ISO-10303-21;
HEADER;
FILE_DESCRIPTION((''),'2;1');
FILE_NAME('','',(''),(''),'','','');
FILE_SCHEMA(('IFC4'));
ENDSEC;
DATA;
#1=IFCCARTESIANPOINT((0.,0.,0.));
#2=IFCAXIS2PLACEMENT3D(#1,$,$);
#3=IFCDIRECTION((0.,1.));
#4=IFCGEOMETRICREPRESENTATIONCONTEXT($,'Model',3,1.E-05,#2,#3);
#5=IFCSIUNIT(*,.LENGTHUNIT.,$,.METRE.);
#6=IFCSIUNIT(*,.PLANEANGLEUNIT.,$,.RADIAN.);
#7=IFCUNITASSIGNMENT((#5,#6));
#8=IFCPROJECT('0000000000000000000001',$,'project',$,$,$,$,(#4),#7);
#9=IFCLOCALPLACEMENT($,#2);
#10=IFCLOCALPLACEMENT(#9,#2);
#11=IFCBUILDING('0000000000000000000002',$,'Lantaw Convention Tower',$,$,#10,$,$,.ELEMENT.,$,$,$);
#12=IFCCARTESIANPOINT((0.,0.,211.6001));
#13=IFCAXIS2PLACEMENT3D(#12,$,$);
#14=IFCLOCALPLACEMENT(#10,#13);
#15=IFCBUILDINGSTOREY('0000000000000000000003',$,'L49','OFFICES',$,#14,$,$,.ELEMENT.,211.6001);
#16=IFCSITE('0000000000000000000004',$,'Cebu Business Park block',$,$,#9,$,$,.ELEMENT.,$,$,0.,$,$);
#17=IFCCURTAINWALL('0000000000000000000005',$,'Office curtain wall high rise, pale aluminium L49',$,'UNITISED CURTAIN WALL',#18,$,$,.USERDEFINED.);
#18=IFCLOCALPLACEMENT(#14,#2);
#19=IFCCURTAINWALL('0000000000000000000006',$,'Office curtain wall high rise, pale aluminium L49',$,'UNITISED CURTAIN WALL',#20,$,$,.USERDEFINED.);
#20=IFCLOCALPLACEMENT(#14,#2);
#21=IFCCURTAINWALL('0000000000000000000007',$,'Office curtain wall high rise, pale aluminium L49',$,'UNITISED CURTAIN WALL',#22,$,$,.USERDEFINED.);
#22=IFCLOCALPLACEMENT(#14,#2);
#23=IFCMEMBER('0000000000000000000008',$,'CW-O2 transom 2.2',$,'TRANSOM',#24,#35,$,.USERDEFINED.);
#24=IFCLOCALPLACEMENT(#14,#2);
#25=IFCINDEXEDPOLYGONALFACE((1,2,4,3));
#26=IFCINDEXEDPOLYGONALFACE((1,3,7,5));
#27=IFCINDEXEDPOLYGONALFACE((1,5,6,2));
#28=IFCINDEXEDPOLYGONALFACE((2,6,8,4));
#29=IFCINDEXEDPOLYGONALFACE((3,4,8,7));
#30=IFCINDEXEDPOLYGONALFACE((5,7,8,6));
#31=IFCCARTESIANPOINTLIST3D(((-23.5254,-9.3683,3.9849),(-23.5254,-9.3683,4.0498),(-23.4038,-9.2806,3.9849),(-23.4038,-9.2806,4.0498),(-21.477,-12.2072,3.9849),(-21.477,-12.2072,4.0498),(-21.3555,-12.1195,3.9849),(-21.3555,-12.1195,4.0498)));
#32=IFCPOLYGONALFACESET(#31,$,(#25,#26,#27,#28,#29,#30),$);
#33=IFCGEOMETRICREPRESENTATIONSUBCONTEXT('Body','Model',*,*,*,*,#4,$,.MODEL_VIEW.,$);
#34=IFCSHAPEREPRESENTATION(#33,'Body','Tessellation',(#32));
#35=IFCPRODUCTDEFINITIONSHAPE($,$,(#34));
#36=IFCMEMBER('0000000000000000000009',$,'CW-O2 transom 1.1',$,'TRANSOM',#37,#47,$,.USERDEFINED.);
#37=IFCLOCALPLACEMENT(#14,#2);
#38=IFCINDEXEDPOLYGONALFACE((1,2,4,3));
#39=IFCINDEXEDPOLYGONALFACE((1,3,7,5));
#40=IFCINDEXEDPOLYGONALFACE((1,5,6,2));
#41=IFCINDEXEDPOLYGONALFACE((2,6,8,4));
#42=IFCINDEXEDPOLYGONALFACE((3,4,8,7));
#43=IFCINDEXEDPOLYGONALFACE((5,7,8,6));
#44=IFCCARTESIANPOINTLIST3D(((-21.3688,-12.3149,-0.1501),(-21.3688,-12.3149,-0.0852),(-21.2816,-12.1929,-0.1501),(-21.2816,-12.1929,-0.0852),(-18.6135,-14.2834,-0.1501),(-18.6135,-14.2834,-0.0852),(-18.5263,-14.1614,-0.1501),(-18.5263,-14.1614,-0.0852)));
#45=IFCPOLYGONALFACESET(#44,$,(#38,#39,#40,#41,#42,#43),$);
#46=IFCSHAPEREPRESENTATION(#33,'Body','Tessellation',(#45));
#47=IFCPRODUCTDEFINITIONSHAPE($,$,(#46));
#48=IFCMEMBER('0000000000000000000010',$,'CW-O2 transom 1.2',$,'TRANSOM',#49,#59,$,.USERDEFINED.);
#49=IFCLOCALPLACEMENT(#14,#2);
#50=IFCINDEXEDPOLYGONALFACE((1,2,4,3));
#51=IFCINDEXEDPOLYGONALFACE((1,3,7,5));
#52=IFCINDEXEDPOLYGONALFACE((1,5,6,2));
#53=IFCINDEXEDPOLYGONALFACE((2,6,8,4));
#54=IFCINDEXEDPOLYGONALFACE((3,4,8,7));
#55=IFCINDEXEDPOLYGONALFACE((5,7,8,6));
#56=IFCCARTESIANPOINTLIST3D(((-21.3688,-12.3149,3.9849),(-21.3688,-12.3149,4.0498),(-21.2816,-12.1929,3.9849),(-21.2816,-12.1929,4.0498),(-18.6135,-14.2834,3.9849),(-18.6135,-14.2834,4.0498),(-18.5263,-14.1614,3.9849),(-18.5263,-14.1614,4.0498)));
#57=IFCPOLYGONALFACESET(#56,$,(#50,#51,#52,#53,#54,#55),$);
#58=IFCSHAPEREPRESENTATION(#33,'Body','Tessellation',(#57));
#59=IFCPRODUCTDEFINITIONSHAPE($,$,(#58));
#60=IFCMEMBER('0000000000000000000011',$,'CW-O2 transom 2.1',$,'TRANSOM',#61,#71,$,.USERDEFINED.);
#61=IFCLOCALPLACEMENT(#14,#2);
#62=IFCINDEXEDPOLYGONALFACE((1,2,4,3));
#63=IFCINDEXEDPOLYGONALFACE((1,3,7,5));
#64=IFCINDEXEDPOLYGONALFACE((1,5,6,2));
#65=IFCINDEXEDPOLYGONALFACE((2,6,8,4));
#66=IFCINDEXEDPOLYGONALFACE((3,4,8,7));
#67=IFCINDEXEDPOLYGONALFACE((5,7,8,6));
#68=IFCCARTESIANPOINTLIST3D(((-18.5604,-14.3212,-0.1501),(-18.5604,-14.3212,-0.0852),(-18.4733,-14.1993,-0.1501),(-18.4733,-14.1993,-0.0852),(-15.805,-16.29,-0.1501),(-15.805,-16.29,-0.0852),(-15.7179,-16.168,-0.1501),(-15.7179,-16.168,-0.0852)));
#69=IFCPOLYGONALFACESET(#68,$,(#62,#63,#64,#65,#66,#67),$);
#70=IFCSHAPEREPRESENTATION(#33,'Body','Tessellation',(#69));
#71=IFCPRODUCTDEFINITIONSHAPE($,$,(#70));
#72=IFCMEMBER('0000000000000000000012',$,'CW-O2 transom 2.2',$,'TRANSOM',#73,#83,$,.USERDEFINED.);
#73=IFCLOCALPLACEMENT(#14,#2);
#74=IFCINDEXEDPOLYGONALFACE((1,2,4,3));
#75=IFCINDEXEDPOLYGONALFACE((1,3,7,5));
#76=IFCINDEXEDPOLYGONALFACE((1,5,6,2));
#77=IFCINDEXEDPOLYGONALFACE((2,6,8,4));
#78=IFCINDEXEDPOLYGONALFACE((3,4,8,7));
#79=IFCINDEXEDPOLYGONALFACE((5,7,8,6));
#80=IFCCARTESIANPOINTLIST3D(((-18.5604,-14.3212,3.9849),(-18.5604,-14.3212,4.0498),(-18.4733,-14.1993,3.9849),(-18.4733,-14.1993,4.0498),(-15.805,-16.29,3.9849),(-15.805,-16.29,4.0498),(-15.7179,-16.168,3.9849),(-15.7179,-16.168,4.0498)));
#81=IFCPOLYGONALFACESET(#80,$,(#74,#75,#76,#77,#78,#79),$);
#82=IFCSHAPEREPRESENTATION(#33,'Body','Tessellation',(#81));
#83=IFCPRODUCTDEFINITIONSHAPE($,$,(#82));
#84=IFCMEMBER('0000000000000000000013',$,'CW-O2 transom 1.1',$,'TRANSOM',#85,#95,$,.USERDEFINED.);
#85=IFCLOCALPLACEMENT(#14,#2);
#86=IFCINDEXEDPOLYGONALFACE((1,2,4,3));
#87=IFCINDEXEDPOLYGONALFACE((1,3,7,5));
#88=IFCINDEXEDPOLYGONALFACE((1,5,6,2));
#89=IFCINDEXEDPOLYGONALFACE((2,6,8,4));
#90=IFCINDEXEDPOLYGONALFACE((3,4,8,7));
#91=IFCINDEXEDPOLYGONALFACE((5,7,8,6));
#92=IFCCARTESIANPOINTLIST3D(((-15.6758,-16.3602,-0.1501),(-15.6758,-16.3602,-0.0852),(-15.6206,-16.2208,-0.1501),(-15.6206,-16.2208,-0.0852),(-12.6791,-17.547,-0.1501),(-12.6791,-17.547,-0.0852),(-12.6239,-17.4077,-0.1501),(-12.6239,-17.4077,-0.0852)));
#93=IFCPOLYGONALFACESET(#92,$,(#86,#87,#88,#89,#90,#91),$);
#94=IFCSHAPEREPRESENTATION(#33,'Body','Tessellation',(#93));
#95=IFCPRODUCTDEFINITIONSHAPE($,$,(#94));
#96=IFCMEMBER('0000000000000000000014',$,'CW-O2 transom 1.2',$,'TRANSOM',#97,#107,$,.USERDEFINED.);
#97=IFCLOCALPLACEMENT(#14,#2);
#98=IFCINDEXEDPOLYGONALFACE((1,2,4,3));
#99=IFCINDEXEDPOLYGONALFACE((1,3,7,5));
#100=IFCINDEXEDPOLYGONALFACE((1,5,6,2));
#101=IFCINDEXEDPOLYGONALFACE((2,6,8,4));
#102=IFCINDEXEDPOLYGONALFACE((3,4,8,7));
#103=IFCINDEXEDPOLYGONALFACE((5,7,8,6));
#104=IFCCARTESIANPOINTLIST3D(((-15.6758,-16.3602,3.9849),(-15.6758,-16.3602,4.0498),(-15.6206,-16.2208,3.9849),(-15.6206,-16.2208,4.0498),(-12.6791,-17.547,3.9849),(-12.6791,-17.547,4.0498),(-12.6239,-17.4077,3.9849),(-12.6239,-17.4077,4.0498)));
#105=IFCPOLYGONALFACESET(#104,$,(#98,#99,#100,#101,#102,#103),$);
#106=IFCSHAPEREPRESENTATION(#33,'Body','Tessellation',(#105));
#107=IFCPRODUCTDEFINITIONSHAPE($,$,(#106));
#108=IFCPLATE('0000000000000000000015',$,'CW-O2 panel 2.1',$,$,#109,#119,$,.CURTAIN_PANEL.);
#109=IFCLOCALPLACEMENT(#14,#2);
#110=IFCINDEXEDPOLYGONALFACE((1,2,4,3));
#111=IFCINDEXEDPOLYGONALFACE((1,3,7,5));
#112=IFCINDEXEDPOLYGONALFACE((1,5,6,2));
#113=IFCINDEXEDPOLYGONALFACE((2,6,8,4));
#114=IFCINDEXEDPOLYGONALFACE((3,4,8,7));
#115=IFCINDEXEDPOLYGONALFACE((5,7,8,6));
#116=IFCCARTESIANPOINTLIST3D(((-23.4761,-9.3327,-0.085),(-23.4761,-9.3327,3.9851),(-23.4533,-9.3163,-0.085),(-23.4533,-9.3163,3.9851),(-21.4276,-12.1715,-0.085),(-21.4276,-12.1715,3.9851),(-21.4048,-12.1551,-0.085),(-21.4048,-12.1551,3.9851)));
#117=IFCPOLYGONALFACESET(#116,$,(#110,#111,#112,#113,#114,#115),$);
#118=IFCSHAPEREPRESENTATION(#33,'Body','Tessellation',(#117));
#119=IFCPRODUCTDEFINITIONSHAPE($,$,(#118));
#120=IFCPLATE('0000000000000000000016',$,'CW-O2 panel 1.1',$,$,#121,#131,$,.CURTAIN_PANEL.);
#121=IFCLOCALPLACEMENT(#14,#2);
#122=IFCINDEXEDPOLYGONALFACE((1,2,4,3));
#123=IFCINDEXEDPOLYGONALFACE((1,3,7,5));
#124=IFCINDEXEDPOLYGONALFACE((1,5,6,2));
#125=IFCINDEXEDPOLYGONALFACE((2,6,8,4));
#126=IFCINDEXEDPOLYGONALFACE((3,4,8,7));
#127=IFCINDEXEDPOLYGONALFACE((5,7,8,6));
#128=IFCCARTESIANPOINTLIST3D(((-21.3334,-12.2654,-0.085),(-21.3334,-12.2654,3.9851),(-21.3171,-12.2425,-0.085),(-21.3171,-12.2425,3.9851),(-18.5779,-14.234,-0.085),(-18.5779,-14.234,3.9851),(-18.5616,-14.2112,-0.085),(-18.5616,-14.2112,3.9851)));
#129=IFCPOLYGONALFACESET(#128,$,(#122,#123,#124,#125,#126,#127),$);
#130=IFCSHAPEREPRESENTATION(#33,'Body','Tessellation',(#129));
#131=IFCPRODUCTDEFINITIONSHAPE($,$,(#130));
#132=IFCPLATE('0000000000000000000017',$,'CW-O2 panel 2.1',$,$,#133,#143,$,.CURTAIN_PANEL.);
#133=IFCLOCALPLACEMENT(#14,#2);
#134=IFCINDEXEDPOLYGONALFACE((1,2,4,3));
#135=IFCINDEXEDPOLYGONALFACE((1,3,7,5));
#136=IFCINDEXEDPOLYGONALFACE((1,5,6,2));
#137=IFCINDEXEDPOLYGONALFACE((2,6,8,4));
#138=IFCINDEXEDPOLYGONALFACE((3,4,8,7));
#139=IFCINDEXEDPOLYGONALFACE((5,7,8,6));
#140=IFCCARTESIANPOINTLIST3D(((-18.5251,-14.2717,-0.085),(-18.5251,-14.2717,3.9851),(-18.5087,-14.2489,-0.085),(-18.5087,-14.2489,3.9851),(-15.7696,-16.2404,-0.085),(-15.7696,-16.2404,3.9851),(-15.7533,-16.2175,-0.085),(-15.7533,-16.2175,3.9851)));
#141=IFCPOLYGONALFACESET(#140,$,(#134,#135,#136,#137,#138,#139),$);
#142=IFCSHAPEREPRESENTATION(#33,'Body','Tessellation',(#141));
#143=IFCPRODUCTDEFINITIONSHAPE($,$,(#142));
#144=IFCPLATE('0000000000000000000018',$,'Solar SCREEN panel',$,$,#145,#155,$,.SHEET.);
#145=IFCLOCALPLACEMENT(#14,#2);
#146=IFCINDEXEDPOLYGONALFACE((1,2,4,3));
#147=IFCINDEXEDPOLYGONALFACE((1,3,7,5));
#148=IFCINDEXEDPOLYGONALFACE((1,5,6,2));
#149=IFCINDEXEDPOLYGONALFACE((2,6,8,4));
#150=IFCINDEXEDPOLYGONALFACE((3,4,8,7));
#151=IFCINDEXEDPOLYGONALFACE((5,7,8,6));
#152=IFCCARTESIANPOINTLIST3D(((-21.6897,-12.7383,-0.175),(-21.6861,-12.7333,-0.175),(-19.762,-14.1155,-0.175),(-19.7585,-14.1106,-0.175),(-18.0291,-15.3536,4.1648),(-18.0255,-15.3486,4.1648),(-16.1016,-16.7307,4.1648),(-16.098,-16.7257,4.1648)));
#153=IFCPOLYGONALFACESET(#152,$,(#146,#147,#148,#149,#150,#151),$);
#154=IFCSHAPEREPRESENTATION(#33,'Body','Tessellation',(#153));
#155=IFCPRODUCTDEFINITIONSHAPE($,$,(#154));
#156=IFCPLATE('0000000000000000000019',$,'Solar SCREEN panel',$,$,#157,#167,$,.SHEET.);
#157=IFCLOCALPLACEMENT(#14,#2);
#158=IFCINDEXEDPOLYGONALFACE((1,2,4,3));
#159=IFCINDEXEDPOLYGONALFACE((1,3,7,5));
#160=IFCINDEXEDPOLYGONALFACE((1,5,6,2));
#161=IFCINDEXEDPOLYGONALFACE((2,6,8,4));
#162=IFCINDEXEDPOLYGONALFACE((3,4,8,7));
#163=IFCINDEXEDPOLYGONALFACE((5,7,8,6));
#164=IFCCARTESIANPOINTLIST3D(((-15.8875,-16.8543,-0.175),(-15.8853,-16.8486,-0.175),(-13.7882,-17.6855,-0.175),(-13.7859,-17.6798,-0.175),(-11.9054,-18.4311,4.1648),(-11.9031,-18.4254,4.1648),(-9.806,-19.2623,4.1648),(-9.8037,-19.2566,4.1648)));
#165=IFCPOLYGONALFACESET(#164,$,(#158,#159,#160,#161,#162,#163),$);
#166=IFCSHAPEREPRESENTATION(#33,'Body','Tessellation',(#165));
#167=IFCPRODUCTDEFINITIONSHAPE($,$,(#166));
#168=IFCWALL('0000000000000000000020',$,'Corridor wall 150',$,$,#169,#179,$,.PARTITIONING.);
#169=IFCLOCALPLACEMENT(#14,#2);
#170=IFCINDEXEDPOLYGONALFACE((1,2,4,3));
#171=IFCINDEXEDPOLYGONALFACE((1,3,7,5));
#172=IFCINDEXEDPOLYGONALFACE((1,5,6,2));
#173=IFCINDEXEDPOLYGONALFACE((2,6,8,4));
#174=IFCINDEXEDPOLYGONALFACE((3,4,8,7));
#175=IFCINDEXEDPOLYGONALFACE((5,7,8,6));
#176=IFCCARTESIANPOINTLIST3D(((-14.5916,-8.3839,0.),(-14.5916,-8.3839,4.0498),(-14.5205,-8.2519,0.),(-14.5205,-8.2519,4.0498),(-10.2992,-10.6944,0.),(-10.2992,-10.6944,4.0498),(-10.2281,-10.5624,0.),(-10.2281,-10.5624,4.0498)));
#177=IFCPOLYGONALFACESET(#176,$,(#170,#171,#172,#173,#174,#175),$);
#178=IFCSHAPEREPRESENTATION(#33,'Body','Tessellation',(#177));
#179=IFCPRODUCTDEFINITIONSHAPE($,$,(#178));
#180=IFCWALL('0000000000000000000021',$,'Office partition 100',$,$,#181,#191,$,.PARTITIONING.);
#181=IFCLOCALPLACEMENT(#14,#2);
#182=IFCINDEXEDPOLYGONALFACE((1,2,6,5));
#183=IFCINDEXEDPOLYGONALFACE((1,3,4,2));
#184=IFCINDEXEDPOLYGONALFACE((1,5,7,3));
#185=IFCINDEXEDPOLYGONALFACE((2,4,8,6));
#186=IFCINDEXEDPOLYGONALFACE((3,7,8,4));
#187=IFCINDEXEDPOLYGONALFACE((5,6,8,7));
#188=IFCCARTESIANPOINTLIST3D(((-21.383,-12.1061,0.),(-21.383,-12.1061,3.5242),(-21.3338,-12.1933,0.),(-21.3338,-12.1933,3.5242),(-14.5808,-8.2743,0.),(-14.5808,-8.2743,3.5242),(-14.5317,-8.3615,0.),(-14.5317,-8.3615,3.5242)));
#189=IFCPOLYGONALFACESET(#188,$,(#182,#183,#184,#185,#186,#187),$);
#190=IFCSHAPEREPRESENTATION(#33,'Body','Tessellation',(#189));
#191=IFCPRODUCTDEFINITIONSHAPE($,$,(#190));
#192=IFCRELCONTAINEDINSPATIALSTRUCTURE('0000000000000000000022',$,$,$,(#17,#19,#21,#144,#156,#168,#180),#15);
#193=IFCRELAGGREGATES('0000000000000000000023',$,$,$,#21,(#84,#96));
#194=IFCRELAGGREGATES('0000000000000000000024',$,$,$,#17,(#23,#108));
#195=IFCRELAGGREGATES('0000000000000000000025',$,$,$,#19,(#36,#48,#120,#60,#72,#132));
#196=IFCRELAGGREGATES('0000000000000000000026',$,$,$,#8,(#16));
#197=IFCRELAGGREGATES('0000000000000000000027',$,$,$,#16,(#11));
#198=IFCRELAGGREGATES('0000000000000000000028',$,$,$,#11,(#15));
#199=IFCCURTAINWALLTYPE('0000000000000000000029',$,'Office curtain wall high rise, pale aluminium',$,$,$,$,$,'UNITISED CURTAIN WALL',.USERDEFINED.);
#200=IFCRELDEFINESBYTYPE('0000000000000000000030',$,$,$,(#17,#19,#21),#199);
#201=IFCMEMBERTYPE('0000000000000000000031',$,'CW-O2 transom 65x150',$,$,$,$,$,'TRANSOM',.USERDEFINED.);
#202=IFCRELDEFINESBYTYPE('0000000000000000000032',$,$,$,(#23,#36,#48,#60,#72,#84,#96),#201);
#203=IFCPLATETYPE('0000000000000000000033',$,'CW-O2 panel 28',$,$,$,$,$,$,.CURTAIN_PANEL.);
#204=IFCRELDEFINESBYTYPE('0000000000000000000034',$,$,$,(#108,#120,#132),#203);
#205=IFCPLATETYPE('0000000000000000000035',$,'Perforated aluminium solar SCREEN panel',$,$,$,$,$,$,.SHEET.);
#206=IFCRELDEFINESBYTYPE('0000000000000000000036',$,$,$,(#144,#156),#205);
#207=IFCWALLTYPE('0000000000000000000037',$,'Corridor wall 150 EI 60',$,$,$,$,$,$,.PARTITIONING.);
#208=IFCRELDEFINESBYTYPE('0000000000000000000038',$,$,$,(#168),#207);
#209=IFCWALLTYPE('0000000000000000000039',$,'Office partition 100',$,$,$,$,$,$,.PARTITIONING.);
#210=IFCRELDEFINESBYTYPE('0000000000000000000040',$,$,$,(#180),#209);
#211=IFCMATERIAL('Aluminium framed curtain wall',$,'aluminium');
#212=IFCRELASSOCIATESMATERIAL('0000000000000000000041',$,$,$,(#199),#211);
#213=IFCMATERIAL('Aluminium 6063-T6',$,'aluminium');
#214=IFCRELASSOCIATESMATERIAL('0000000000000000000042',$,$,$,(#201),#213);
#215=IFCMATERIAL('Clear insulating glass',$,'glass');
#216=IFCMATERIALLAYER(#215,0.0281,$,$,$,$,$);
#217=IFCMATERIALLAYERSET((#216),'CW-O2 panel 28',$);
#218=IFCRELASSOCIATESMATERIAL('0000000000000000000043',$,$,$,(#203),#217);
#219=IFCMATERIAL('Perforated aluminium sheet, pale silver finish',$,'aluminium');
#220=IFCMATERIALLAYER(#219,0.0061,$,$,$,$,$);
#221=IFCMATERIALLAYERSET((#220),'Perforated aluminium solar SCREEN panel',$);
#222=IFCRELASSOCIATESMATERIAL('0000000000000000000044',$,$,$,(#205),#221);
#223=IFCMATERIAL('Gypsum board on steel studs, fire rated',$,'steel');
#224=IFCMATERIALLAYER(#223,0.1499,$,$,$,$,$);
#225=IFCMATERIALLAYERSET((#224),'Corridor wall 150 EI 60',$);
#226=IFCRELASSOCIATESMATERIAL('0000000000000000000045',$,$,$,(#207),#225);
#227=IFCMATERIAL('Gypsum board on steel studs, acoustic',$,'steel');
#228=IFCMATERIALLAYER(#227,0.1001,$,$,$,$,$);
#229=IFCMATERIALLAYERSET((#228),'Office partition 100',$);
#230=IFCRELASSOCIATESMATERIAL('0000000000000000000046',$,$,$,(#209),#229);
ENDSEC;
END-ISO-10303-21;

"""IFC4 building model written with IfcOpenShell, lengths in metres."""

from ifc_helpers import new_model, si_unit, direction, frame, frame_2d, origin, origin_2d, place, context, subcontext, project, spatial, polyline, rectangle, outline, extrude, material, layer, layer_set, material_profile, profile_set, type_object, element, aggregate, save


model = new_model("IFC4")

# Units and contexts
model_context = context("Model", 3, precision=1e-05, world=origin(), true_north=direction((0.0, 1.0)))
body_context = subcontext(model_context, "Body", "Model", "MODEL_VIEW")
ifc_project = project(units=[si_unit("LENGTHUNIT", "METRE"), si_unit("PLANEANGLEUNIT", "RADIAN")], contexts=[model_context])

# Site, building, storey
site_placement = place(None, origin())
site = spatial("IfcSite", under=ifc_project, at=site_placement, Name="Cebu Business Park block", CompositionType="ELEMENT", RefElevation=0.0)
building_placement = place(site_placement, origin())
building = spatial("IfcBuilding", under=site, at=building_placement, Name="Lantaw Convention Tower", CompositionType="ELEMENT")
storey_placement = place(building_placement, frame((0.0, 0.0, 211.6001)))
storey = spatial("IfcBuildingStorey", under=building, at=storey_placement, Name="L49", Description="OFFICES", CompositionType="ELEMENT", Elevation=211.6001)

# Curtain walls
ifc_material_1 = material(Name="Aluminium framed curtain wall", Category="aluminium")
curtain_wall_type = type_object("IfcCurtainWallType", Name="Office curtain wall high rise, pale aluminium", ElementType="UNITISED CURTAIN WALL", PredefinedType="USERDEFINED", material=ifc_material_1)
curtain_wall_1_placement = place(storey_placement, origin())
curtain_wall_1 = element("IfcCurtainWall", 1, at=curtain_wall_1_placement, inside=storey, type_object=curtain_wall_type, Name="Office curtain wall high rise, pale aluminium L49", ObjectType="UNITISED CURTAIN WALL", PredefinedType="USERDEFINED")
ifc_material_2 = material(Name="Aluminium 6063-T6", Category="aluminium")
curtain_wall_2_placement = place(storey_placement, origin())
curtain_wall_2 = element("IfcCurtainWall", 2, at=curtain_wall_2_placement, inside=storey, type_object=curtain_wall_type, Name="Office curtain wall high rise, pale aluminium L49", ObjectType="UNITISED CURTAIN WALL", PredefinedType="USERDEFINED")

# Curtain wall
curtain_wall_3_placement = place(storey_placement, origin())
curtain_wall_3 = element("IfcCurtainWall", 3, at=curtain_wall_3_placement, inside=storey, type_object=curtain_wall_type, Name="Office curtain wall high rise, pale aluminium L49", ObjectType="UNITISED CURTAIN WALL", PredefinedType="USERDEFINED")

# Members
ifc_material_profile_1 = material_profile(ifc_material_2, rectangle(XDim=0.1499, YDim=0.0649, at=origin_2d()), Name="CW-O2 transom 65x150")
ifc_profile_set_1 = profile_set([ifc_material_profile_1], Name="Aluminium 6063-T6")
member_type_1 = type_object("IfcMemberType", Name="CW-O2 transom 65x150", ElementType="TRANSOM", PredefinedType="USERDEFINED", material=ifc_profile_set_1)
member_1_placement = place(storey_placement, frame((-23.4646, -9.3245, 4.0173), z_axis=(0.585124, -0.810944, 0.0), x_axis=(0.810944, 0.585124, 0.0)))
member_1 = element("IfcMember", 4, at=member_1_placement, type_object=member_type_1, Name="CW-O2 transom 2.2", ObjectType="TRANSOM", PredefinedType="USERDEFINED", context=body_context, shape_type="SweptSolid", body=[
    extrude(rectangle(XDim=0.1499, YDim=0.0649, at=origin_2d()), origin(), (0.0, 0.0, 1.0), 3.5007),
])
member_2_placement = place(storey_placement, frame((-21.3252, -12.2539, -0.1177), z_axis=(0.81368, -0.581313, 0.0), x_axis=(0.581313, 0.81368, 0.0)))
member_2 = element("IfcMember", 5, at=member_2_placement, type_object=member_type_1, Name="CW-O2 transom 1.1", ObjectType="TRANSOM", PredefinedType="USERDEFINED", context=body_context, shape_type="SweptSolid", body=[
    extrude(rectangle(XDim=0.1499, YDim=0.0649, at=origin_2d()), origin(), (0.0, 0.0, 1.0), 3.3862),
])
member_3_placement = place(storey_placement, frame((-21.3252, -12.2539, 4.0173), z_axis=(0.81368, -0.581313, 0.0), x_axis=(0.581313, 0.81368, 0.0)))
member_3 = element("IfcMember", 6, at=member_3_placement, type_object=member_type_1, Name="CW-O2 transom 1.2", ObjectType="TRANSOM", PredefinedType="USERDEFINED", context=body_context, shape_type="SweptSolid", body=[
    extrude(rectangle(XDim=0.1499, YDim=0.0649, at=origin_2d()), origin(), (0.0, 0.0, 1.0), 3.3862),
])
member_4_placement = place(storey_placement, frame((-18.5168, -14.2603, -0.1177), z_axis=(0.813646, -0.581361, 0.0), x_axis=(0.581361, 0.813646, 0.0)))
member_4 = element("IfcMember", 7, at=member_4_placement, type_object=member_type_1, Name="CW-O2 transom 2.1", ObjectType="TRANSOM", PredefinedType="USERDEFINED", context=body_context, shape_type="SweptSolid", body=[
    extrude(rectangle(XDim=0.1499, YDim=0.0649, at=origin_2d()), origin(), (0.0, 0.0, 1.0), 3.3865),
])
member_5_placement = place(storey_placement, frame((-18.5168, -14.2603, 4.0173), z_axis=(0.813646, -0.581361, 0.0), x_axis=(0.581361, 0.813646, 0.0)))
member_5 = element("IfcMember", 8, at=member_5_placement, type_object=member_type_1, Name="CW-O2 transom 2.2", ObjectType="TRANSOM", PredefinedType="USERDEFINED", context=body_context, shape_type="SweptSolid", body=[
    extrude(rectangle(XDim=0.1499, YDim=0.0649, at=origin_2d()), origin(), (0.0, 0.0, 1.0), 3.3865),
])
member_6_placement = place(storey_placement, frame((-15.6482, -16.2905, -0.1177), z_axis=(0.929741, -0.368215, 0.0), x_axis=(0.368215, 0.929741, 0.0)))
member_6 = element("IfcMember", 9, at=member_6_placement, type_object=member_type_1, Name="CW-O2 transom 1.1", ObjectType="TRANSOM", PredefinedType="USERDEFINED", context=body_context, shape_type="SweptSolid", body=[
    extrude(rectangle(XDim=0.1499, YDim=0.0649, at=origin_2d()), origin(), (0.0, 0.0, 1.0), 3.2231),
])
member_7_placement = place(storey_placement, frame((-15.6482, -16.2905, 4.0173), z_axis=(0.929741, -0.368215, 0.0), x_axis=(0.368215, 0.929741, 0.0)))
member_7 = element("IfcMember", 10, at=member_7_placement, type_object=member_type_1, Name="CW-O2 transom 1.2", ObjectType="TRANSOM", PredefinedType="USERDEFINED", context=body_context, shape_type="SweptSolid", body=[
    extrude(rectangle(XDim=0.1499, YDim=0.0649, at=origin_2d()), origin(), (0.0, 0.0, 1.0), 3.2231),
])
aggregate(curtain_wall_3, [member_6, member_7])

# Plates
ifc_material_3 = material(Name="Clear insulating glass", Category="glass")
ifc_layer_1 = layer(ifc_material_3, 0.0281)
ifc_layer_set_1 = layer_set([ifc_layer_1], Name="CW-O2 panel 28")
plate_type_1 = type_object("IfcPlateType", Name="CW-O2 panel 28", PredefinedType="CURTAIN_PANEL", material=ifc_layer_set_1)
plate_1_placement = place(storey_placement, frame((-22.4404, -10.7439, -0.085), z_axis=(0.0, 0.0, 1.0), x_axis=(0.585158, -0.81092, 0.0)))
plate_1 = element("IfcPlate", 11, at=plate_1_placement, type_object=plate_type_1, Name="CW-O2 panel 2.1", PredefinedType="CURTAIN_PANEL", context=body_context, shape_type="SweptSolid", body=[
    extrude(rectangle(XDim=3.5007, YDim=0.0281, at=origin_2d()), origin(), (0.0, 0.0, 1.0), 4.0701),
])
aggregate(curtain_wall_1, [member_1, plate_1])
plate_2_placement = place(storey_placement, frame((-19.9475, -13.2383, -0.085), z_axis=(0.0, 0.0, 1.0), x_axis=(0.813673, -0.581323, 0.0)))
plate_2 = element("IfcPlate", 12, at=plate_2_placement, type_object=plate_type_1, Name="CW-O2 panel 1.1", PredefinedType="CURTAIN_PANEL", context=body_context, shape_type="SweptSolid", body=[
    extrude(rectangle(XDim=3.3865, YDim=0.0281, at=origin_2d()), origin(), (0.0, 0.0, 1.0), 4.0701),
])
plate_3_placement = place(storey_placement, frame((-17.1392, -15.2446, -0.085), z_axis=(0.0, 0.0, 1.0), x_axis=(0.813673, -0.581323, 0.0)))
plate_3 = element("IfcPlate", 13, at=plate_3_placement, type_object=plate_type_1, Name="CW-O2 panel 2.1", PredefinedType="CURTAIN_PANEL", context=body_context, shape_type="SweptSolid", body=[
    extrude(rectangle(XDim=3.3865, YDim=0.0281, at=origin_2d()), origin(), (0.0, 0.0, 1.0), 4.0701),
])
aggregate(curtain_wall_2, [member_2, member_3, plate_2, member_4, member_5, plate_3])

# Plates
ifc_material_4 = material(Name="Perforated aluminium sheet, pale silver finish", Category="aluminium")
ifc_layer_2 = layer(ifc_material_4, 0.0061)
ifc_layer_set_2 = layer_set([ifc_layer_2], Name="Perforated aluminium solar SCREEN panel")
plate_type_2 = type_object("IfcPlateType", Name="Perforated aluminium solar SCREEN panel", PredefinedType="SHEET", material=ifc_layer_set_2)
plate_4_placement = place(storey_placement, frame((-21.6897, -12.7383, -0.175), z_axis=(-0.581331, -0.813667, 0.00001), x_axis=(0.813667, -0.581331, 0.0)))
element("IfcPlate", 14, at=plate_4_placement, inside=storey, type_object=plate_type_2, Name="Solar SCREEN panel", PredefinedType="SHEET", context=body_context, shape_type="SweptSolid", body=[
    extrude(outline(polyline([(0.0, 0.0), (2.3691, 0.0), (6.8678, 4.3398), (4.4989, 4.3398), (0.0, 0.0)])), origin(), (0.0, 0.0, -1.0), 0.0061),
])
plate_5_placement = place(storey_placement, frame((-15.8853, -16.8486, -0.175), z_axis=(0.368117, 0.92978, 0.000036), x_axis=(0.92978, -0.368117, 0.0)))
element("IfcPlate", 15, at=plate_5_placement, inside=storey, type_object=plate_type_2, Name="Solar SCREEN panel", PredefinedType="SHEET", context=body_context, shape_type="SweptSolid", body=[
    extrude(outline(polyline([(0.0, 0.0), (2.2579, 0.0), (6.5409, -4.3398), (4.2829, -4.3398), (0.0, 0.0)])), origin(), (0.0, 0.0, -1.0), 0.0061),
])

# Walls
ifc_material_5 = material(Name="Gypsum board on steel studs, fire rated", Category="steel")
ifc_layer_3 = layer(ifc_material_5, 0.1499)
ifc_layer_set_3 = layer_set([ifc_layer_3], Name="Corridor wall 150 EI 60")
wall_type_1 = type_object("IfcWallType", Name="Corridor wall 150 EI 60", PredefinedType="PARTITIONING", material=ifc_layer_set_3)
wall_1_placement = place(storey_placement, frame((-14.5562, -8.3179, 0.0), z_axis=(0.0, 0.0, 1.0), x_axis=(0.880539, -0.473974, 0.0)))
element("IfcWall", 16, at=wall_1_placement, inside=storey, type_object=wall_type_1, Name="Corridor wall 150", PredefinedType="PARTITIONING", context=body_context, shape_type="SweptSolid", body=[
    extrude(rectangle(XDim=4.8748, YDim=0.1499, at=frame_2d((2.4375, 0.0))), origin(), (0.0, 0.0, 1.0), 4.0498),
])
ifc_material_6 = material(Name="Gypsum board on steel studs, acoustic", Category="steel")
ifc_layer_4 = layer(ifc_material_6, 0.1001)
ifc_layer_set_4 = layer_set([ifc_layer_4], Name="Office partition 100")
wall_type_2 = type_object("IfcWallType", Name="Office partition 100", PredefinedType="PARTITIONING", material=ifc_layer_set_4)
wall_2_placement = place(storey_placement, frame((-21.3584, -12.1497, 0.0), z_axis=(0.0, 0.0, 1.0), x_axis=(0.871273, 0.490799, 0.0)))
element("IfcWall", 17, at=wall_2_placement, inside=storey, type_object=wall_type_2, Name="Office partition 100", PredefinedType="PARTITIONING", context=body_context, shape_type="SweptSolid", body=[
    extrude(rectangle(XDim=7.8071, YDim=0.1001, at=frame_2d((3.9036, 0.0))), origin(), (0.0, 0.0, 1.0), 3.5242),
])

save(model, "model.ifc")
